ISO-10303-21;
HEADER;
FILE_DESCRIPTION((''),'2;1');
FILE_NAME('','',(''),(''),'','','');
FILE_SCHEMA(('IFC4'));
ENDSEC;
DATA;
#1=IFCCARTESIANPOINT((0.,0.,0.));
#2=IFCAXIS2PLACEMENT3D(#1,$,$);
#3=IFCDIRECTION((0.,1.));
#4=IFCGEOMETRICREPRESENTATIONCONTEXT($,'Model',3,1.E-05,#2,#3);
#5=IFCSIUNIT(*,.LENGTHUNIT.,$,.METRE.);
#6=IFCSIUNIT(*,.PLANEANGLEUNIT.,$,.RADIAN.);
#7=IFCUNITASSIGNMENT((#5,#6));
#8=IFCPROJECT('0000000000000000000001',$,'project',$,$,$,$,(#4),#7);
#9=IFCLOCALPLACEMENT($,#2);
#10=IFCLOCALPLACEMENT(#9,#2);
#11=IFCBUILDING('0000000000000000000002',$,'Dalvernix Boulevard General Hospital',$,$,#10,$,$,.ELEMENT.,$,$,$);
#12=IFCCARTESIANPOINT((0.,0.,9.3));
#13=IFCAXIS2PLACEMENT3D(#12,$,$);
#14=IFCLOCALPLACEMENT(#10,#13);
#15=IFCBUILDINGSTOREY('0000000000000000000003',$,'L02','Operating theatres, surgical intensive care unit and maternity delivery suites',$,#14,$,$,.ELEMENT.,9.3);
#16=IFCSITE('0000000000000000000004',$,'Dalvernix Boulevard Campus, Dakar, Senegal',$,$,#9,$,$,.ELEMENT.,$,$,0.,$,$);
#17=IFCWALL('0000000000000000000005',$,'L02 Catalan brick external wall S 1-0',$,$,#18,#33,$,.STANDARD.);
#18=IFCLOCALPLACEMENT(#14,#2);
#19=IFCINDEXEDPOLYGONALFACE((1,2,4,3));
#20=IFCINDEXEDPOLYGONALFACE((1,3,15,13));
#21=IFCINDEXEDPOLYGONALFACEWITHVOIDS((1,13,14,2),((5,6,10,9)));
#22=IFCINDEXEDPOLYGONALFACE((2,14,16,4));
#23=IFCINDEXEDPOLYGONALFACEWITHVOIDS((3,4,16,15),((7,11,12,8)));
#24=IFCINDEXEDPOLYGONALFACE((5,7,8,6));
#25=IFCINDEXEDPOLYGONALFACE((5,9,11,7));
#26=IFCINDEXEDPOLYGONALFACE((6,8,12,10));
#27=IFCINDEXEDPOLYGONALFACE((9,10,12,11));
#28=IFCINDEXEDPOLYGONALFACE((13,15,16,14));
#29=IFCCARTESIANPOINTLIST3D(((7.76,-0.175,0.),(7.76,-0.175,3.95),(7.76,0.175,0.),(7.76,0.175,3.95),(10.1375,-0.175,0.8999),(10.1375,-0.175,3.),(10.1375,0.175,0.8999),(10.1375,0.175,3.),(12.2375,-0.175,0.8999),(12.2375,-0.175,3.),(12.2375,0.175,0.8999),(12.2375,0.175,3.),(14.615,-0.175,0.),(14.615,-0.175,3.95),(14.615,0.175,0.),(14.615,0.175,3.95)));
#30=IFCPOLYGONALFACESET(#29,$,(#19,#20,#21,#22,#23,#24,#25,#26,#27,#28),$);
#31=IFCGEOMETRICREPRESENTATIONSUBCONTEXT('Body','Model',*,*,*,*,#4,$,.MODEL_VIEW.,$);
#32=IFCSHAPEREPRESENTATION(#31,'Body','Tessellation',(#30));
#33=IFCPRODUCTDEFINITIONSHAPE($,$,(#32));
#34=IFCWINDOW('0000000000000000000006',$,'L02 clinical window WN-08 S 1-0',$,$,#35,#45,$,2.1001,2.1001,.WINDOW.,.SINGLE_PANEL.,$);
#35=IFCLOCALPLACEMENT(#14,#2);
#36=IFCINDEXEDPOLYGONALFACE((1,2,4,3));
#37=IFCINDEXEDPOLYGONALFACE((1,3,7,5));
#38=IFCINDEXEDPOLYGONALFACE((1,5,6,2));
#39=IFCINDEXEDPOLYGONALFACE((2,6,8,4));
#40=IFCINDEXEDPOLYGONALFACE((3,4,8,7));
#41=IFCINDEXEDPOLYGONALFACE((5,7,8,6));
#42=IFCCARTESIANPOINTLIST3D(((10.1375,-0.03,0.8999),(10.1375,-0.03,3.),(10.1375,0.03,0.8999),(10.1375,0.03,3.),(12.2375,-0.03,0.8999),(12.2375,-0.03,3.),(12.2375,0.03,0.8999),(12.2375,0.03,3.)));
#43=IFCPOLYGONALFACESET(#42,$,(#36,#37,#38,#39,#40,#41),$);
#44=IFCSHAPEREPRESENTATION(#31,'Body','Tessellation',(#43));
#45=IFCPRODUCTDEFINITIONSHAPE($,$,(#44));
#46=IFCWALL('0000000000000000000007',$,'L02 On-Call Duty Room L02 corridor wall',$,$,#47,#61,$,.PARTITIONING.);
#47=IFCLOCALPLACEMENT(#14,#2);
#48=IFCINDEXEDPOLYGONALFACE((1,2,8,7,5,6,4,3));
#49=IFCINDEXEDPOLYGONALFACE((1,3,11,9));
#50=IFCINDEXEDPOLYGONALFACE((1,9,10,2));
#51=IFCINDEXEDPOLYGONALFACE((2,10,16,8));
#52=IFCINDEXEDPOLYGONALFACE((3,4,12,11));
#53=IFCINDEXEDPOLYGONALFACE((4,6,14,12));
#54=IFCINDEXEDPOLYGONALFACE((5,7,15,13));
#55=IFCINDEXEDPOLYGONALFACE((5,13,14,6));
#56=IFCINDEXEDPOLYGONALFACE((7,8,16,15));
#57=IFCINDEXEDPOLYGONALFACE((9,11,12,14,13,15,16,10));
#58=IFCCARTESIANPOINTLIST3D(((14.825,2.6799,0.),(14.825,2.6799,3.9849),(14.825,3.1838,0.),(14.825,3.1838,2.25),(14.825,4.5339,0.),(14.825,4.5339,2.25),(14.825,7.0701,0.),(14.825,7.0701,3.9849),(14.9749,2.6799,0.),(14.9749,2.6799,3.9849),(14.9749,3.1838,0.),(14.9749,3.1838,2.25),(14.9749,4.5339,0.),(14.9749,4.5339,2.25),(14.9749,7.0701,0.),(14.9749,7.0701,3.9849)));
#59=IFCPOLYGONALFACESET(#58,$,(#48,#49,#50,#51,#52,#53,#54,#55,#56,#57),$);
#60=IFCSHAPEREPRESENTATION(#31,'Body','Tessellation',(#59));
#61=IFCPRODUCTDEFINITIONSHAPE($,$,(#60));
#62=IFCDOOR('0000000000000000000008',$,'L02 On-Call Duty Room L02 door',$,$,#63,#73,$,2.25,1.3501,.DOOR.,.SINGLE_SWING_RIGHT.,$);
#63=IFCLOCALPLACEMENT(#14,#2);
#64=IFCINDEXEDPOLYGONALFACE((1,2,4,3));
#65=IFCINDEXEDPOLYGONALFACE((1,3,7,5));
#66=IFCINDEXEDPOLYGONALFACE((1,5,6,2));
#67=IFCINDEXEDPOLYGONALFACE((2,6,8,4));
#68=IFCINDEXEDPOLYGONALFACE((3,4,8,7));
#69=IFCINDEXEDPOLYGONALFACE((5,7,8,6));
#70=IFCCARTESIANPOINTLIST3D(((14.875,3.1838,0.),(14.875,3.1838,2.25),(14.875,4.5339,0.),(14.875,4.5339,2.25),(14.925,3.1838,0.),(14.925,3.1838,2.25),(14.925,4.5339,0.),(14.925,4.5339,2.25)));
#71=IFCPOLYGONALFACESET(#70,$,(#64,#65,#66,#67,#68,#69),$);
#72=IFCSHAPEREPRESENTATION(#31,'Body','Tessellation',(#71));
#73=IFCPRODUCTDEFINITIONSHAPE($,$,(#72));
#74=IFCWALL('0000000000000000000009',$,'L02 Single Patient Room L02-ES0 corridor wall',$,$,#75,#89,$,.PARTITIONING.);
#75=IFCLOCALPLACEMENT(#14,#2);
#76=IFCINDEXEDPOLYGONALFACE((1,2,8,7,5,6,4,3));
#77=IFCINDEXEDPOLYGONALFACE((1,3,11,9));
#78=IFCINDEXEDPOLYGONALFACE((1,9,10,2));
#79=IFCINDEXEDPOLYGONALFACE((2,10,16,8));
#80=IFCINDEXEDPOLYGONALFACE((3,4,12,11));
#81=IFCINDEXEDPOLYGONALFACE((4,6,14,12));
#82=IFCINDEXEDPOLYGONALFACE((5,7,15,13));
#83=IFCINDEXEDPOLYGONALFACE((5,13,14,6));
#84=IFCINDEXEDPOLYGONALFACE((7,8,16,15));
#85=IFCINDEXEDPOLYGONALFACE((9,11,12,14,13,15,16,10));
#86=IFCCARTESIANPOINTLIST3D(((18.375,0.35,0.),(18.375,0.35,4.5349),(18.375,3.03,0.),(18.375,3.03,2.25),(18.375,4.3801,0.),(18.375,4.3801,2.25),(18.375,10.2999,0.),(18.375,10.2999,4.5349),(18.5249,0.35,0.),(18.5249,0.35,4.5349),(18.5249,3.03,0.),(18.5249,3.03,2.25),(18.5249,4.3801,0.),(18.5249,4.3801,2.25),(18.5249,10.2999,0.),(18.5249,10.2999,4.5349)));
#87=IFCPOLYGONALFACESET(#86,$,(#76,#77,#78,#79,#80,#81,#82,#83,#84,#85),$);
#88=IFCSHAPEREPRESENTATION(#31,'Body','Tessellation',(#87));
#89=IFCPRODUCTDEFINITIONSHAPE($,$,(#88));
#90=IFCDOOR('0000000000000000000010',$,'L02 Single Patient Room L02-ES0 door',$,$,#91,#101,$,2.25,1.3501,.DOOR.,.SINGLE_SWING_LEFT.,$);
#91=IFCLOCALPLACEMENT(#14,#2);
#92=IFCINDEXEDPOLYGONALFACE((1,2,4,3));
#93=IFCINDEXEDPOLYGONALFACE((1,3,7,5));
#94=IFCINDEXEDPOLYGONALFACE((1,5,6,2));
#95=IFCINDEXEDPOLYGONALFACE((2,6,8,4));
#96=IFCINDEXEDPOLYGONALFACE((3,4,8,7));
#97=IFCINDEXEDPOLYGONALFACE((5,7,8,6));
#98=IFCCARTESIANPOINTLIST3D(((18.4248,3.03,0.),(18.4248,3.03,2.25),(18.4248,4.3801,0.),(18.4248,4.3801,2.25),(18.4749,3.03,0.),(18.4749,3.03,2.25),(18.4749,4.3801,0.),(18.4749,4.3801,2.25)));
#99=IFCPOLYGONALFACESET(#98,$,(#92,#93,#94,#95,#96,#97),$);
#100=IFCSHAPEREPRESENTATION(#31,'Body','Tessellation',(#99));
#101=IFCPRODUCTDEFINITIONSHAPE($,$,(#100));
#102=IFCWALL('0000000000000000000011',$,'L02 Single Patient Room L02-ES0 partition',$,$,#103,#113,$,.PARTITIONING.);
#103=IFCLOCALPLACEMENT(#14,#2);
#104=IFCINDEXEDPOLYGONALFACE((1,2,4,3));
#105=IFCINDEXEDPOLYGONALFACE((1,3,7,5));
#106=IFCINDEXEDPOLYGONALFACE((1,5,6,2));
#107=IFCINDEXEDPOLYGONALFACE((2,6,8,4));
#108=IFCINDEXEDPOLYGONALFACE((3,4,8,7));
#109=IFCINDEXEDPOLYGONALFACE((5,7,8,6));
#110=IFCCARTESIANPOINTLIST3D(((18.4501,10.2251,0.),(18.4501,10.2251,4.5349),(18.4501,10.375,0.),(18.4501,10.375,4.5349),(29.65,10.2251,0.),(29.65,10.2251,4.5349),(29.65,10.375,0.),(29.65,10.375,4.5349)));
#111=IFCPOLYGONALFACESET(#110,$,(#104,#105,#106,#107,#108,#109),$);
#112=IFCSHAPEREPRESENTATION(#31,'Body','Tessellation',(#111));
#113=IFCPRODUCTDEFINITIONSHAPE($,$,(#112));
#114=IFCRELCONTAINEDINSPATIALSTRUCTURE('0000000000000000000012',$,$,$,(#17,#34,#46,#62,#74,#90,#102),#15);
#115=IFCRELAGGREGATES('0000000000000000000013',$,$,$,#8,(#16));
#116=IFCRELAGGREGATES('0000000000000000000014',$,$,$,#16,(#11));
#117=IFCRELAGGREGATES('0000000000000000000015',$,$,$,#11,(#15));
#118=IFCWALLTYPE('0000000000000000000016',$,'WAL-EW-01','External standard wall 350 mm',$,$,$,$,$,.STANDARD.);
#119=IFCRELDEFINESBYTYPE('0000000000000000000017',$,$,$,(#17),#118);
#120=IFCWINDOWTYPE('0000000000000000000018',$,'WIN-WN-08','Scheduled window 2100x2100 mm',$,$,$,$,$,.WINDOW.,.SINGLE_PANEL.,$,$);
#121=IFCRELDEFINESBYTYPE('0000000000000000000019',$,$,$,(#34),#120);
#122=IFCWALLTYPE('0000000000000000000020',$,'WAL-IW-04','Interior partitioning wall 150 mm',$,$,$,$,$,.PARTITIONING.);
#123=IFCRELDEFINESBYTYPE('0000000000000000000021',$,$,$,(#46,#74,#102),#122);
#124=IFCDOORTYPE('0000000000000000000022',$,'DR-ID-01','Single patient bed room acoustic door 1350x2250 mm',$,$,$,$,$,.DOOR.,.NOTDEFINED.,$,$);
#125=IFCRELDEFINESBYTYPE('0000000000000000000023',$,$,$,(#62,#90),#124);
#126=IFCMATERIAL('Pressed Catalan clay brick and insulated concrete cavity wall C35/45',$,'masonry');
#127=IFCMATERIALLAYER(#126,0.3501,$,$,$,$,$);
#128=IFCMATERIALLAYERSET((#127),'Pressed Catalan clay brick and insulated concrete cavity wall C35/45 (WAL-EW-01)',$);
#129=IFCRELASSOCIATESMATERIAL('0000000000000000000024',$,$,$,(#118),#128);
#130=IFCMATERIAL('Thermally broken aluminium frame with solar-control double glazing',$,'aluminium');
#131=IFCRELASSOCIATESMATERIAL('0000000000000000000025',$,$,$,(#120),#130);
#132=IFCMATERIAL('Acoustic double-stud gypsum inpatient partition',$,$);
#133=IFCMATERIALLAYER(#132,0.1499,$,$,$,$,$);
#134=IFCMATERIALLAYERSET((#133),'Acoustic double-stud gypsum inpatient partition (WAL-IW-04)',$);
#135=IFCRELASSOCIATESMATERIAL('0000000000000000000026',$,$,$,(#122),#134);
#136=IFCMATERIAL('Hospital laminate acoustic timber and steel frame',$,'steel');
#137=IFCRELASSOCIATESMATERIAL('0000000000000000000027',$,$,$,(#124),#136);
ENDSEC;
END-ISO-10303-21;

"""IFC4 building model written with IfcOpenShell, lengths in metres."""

from ifc_helpers import new_model, si_unit, direction, frame, frame_2d, origin, place, context, subcontext, project, spatial, rectangle, extrude, material, layer, layer_set, type_object, element, fill, save


model = new_model("IFC4")

# Units and contexts
model_context = context("Model", 3, precision=1e-05, world=origin(), true_north=direction((0.0, 1.0)))
body_context = subcontext(model_context, "Body", "Model", "MODEL_VIEW")
ifc_project = project(units=[si_unit("LENGTHUNIT", "METRE"), si_unit("PLANEANGLEUNIT", "RADIAN")], contexts=[model_context])

# Site, building, storey
site_placement = place(None, origin())
site = spatial("IfcSite", under=ifc_project, at=site_placement, Name="Dalvernix Boulevard Campus, Dakar, Senegal", CompositionType="ELEMENT", RefElevation=0.0)
building_placement = place(site_placement, origin())
building = spatial("IfcBuilding", under=site, at=building_placement, Name="Dalvernix Boulevard General Hospital", CompositionType="ELEMENT")
storey_placement = place(building_placement, frame((0.0, 0.0, 9.3)))
storey = spatial("IfcBuildingStorey", under=building, at=storey_placement, Name="L02", Description="Operating theatres, surgical intensive care unit and maternity delivery suites", CompositionType="ELEMENT", Elevation=9.3)

# Shared definitions
ifc_material_1 = material(Name="Hospital laminate acoustic timber and steel frame", Category="steel")

# Wall, opening, window
ifc_material_2 = material(Name="Pressed Catalan clay brick and insulated concrete cavity wall C35/45", Category="masonry")
ifc_layer_1 = layer(ifc_material_2, 0.3501)
ifc_layer_set_1 = layer_set([ifc_layer_1], Name="Pressed Catalan clay brick and insulated concrete cavity wall C35/45 (WAL-EW-01)")
wall_type_1 = type_object("IfcWallType", Name="WAL-EW-01", Description="External standard wall 350 mm", PredefinedType="STANDARD", material=ifc_layer_set_1)
wall_1_placement = place(storey_placement, frame((14.615, 0.0, 0.0), z_axis=(0.0, 0.0, 1.0), x_axis=(-1.0, 0.0, 0.0)))
wall_1 = element("IfcWall", 1, at=wall_1_placement, inside=storey, type_object=wall_type_1, Name="L02 Catalan brick external wall S 1-0", PredefinedType="STANDARD", context=body_context, shape_type="SweptSolid", body=[
    extrude(rectangle(XDim=6.855, YDim=0.3501, at=frame_2d((3.4275, 0.0))), origin(), (0.0, 0.0, 1.0), 3.95),
])
opening_1_placement = place(wall_1_placement, frame((2.3774, 0.0, 0.8999)))
opening_1 = element("IfcOpeningElement", 2, at=opening_1_placement, cuts=wall_1, PredefinedType="OPENING", context=body_context, shape_type="SweptSolid", body=[
    extrude(rectangle(XDim=2.1001, YDim=2.1001, at=frame_2d((1.05, 1.05))), frame((0.0, 0.1851, 0.0), z_axis=(0.0, -1.0, 0.0), x_axis=(1.0, 0.0, 0.0)), (0.0, 0.0, 1.0), 0.3701),
])
ifc_material_3 = material(Name="Thermally broken aluminium frame with solar-control double glazing", Category="aluminium")
window_type = type_object("IfcWindowType", Name="WIN-WN-08", Description="Scheduled window 2100x2100 mm", PartitioningType="SINGLE_PANEL", PredefinedType="WINDOW", material=ifc_material_3)
window_placement = place(opening_1_placement, origin())
window = element("IfcWindow", 3, at=window_placement, inside=storey, type_object=window_type, Name="L02 clinical window WN-08 S 1-0", OverallHeight=2.1001, OverallWidth=2.1001, PartitioningType="SINGLE_PANEL", PredefinedType="WINDOW", context=body_context, shape_type="SweptSolid", body=[
    extrude(rectangle(XDim=2.1001, YDim=2.1001, at=frame_2d((1.05, 1.05))), frame((0.0, 0.03, 0.0), z_axis=(0.0, -1.0, 0.0), x_axis=(1.0, 0.0, 0.0)), (0.0, 0.0, 1.0), 0.0601),
])
fill(opening_1, window)

# Walls, openings, doors
ifc_material_4 = material(Name="Acoustic double-stud gypsum inpatient partition")
ifc_layer_2 = layer(ifc_material_4, 0.1499)
ifc_layer_set_2 = layer_set([ifc_layer_2], Name="Acoustic double-stud gypsum inpatient partition (WAL-IW-04)")
wall_type_2 = type_object("IfcWallType", Name="WAL-IW-04", Description="Interior partitioning wall 150 mm", PredefinedType="PARTITIONING", material=ifc_layer_set_2)
wall_2_placement = place(storey_placement, frame((14.8999, 2.6799, 0.0), z_axis=(0.0, 0.0, 1.0), x_axis=(0.0, 1.0, 0.0)))
wall_2 = element("IfcWall", 4, at=wall_2_placement, inside=storey, type_object=wall_type_2, Name="L02 On-Call Duty Room L02 corridor wall", PredefinedType="PARTITIONING", context=body_context, shape_type="SweptSolid", body=[
    extrude(rectangle(XDim=4.3901, YDim=0.1499, at=frame_2d((2.1951, 0.0))), origin(), (0.0, 0.0, 1.0), 3.9849),
])
opening_2_placement = place(wall_2_placement, frame((0.5039, 0.0, 0.0)))
opening_2 = element("IfcOpeningElement", 5, at=opening_2_placement, cuts=wall_2, PredefinedType="OPENING", context=body_context, shape_type="SweptSolid", body=[
    extrude(rectangle(XDim=1.3501, YDim=2.25, at=frame_2d((0.675, 1.125))), frame((0.0, 0.085, 0.0), z_axis=(0.0, -1.0, 0.0), x_axis=(1.0, 0.0, 0.0)), (0.0, 0.0, 1.0), 0.1699),
])
door_type_1 = type_object("IfcDoorType", Name="DR-ID-01", Description="Single patient bed room acoustic door 1350x2250 mm", OperationType="NOTDEFINED", PredefinedType="DOOR", material=ifc_material_1)
door_1_placement = place(opening_2_placement, origin())
door_1 = element("IfcDoor", 6, at=door_1_placement, inside=storey, type_object=door_type_1, Name="L02 On-Call Duty Room L02 door", OperationType="SINGLE_SWING_RIGHT", OverallHeight=2.25, OverallWidth=1.3501, PredefinedType="DOOR", context=body_context, shape_type="SweptSolid", body=[
    extrude(rectangle(XDim=1.3501, YDim=2.25, at=frame_2d((0.675, 1.125))), frame((0.0, 0.0249, 0.0), z_axis=(0.0, -1.0, 0.0), x_axis=(1.0, 0.0, 0.0)), (0.0, 0.0, 1.0), 0.05),
])
fill(opening_2, door_1)
wall_3_placement = place(storey_placement, frame((18.45, 10.3, 0.0), z_axis=(0.0, 0.0, 1.0), x_axis=(0.0, -1.0, 0.0)))
wall_3 = element("IfcWall", 7, at=wall_3_placement, inside=storey, type_object=wall_type_2, Name="L02 Single Patient Room L02-ES0 corridor wall", PredefinedType="PARTITIONING", context=body_context, shape_type="SweptSolid", body=[
    extrude(rectangle(XDim=9.95, YDim=0.1499, at=frame_2d((4.9751, 0.0))), origin(), (0.0, 0.0, 1.0), 4.5349),
])
opening_3_placement = place(wall_3_placement, frame((5.9199, 0.0, 0.0)))
opening_3 = element("IfcOpeningElement", 8, at=opening_3_placement, cuts=wall_3, PredefinedType="OPENING", context=body_context, shape_type="SweptSolid", body=[
    extrude(rectangle(XDim=1.3501, YDim=2.25, at=frame_2d((0.675, 1.125))), frame((0.0, 0.085, 0.0), z_axis=(0.0, -1.0, 0.0), x_axis=(1.0, 0.0, 0.0)), (0.0, 0.0, 1.0), 0.1699),
])
door_2_placement = place(opening_3_placement, origin())
door_2 = element("IfcDoor", 9, at=door_2_placement, inside=storey, type_object=door_type_1, Name="L02 Single Patient Room L02-ES0 door", OperationType="SINGLE_SWING_LEFT", OverallHeight=2.25, OverallWidth=1.3501, PredefinedType="DOOR", context=body_context, shape_type="SweptSolid", body=[
    extrude(rectangle(XDim=1.3501, YDim=2.25, at=frame_2d((0.675, 1.125))), frame((0.0, 0.0249, 0.0), z_axis=(0.0, -1.0, 0.0), x_axis=(1.0, 0.0, 0.0)), (0.0, 0.0, 1.0), 0.05),
])
fill(opening_3, door_2)

# Wall
wall_4_placement = place(storey_placement, frame((18.45, 10.3, 0.0), z_axis=(0.0, 0.0, 1.0), x_axis=(1.0, 0.0, 0.0)))
element("IfcWall", 10, at=wall_4_placement, inside=storey, type_object=wall_type_2, Name="L02 Single Patient Room L02-ES0 partition", PredefinedType="PARTITIONING", context=body_context, shape_type="SweptSolid", body=[
    extrude(rectangle(XDim=11.2, YDim=0.1499, at=frame_2d((5.6001, 0.0))), origin(), (0.0, 0.0, 1.0), 4.5349),
])

save(model, "model.ifc")
